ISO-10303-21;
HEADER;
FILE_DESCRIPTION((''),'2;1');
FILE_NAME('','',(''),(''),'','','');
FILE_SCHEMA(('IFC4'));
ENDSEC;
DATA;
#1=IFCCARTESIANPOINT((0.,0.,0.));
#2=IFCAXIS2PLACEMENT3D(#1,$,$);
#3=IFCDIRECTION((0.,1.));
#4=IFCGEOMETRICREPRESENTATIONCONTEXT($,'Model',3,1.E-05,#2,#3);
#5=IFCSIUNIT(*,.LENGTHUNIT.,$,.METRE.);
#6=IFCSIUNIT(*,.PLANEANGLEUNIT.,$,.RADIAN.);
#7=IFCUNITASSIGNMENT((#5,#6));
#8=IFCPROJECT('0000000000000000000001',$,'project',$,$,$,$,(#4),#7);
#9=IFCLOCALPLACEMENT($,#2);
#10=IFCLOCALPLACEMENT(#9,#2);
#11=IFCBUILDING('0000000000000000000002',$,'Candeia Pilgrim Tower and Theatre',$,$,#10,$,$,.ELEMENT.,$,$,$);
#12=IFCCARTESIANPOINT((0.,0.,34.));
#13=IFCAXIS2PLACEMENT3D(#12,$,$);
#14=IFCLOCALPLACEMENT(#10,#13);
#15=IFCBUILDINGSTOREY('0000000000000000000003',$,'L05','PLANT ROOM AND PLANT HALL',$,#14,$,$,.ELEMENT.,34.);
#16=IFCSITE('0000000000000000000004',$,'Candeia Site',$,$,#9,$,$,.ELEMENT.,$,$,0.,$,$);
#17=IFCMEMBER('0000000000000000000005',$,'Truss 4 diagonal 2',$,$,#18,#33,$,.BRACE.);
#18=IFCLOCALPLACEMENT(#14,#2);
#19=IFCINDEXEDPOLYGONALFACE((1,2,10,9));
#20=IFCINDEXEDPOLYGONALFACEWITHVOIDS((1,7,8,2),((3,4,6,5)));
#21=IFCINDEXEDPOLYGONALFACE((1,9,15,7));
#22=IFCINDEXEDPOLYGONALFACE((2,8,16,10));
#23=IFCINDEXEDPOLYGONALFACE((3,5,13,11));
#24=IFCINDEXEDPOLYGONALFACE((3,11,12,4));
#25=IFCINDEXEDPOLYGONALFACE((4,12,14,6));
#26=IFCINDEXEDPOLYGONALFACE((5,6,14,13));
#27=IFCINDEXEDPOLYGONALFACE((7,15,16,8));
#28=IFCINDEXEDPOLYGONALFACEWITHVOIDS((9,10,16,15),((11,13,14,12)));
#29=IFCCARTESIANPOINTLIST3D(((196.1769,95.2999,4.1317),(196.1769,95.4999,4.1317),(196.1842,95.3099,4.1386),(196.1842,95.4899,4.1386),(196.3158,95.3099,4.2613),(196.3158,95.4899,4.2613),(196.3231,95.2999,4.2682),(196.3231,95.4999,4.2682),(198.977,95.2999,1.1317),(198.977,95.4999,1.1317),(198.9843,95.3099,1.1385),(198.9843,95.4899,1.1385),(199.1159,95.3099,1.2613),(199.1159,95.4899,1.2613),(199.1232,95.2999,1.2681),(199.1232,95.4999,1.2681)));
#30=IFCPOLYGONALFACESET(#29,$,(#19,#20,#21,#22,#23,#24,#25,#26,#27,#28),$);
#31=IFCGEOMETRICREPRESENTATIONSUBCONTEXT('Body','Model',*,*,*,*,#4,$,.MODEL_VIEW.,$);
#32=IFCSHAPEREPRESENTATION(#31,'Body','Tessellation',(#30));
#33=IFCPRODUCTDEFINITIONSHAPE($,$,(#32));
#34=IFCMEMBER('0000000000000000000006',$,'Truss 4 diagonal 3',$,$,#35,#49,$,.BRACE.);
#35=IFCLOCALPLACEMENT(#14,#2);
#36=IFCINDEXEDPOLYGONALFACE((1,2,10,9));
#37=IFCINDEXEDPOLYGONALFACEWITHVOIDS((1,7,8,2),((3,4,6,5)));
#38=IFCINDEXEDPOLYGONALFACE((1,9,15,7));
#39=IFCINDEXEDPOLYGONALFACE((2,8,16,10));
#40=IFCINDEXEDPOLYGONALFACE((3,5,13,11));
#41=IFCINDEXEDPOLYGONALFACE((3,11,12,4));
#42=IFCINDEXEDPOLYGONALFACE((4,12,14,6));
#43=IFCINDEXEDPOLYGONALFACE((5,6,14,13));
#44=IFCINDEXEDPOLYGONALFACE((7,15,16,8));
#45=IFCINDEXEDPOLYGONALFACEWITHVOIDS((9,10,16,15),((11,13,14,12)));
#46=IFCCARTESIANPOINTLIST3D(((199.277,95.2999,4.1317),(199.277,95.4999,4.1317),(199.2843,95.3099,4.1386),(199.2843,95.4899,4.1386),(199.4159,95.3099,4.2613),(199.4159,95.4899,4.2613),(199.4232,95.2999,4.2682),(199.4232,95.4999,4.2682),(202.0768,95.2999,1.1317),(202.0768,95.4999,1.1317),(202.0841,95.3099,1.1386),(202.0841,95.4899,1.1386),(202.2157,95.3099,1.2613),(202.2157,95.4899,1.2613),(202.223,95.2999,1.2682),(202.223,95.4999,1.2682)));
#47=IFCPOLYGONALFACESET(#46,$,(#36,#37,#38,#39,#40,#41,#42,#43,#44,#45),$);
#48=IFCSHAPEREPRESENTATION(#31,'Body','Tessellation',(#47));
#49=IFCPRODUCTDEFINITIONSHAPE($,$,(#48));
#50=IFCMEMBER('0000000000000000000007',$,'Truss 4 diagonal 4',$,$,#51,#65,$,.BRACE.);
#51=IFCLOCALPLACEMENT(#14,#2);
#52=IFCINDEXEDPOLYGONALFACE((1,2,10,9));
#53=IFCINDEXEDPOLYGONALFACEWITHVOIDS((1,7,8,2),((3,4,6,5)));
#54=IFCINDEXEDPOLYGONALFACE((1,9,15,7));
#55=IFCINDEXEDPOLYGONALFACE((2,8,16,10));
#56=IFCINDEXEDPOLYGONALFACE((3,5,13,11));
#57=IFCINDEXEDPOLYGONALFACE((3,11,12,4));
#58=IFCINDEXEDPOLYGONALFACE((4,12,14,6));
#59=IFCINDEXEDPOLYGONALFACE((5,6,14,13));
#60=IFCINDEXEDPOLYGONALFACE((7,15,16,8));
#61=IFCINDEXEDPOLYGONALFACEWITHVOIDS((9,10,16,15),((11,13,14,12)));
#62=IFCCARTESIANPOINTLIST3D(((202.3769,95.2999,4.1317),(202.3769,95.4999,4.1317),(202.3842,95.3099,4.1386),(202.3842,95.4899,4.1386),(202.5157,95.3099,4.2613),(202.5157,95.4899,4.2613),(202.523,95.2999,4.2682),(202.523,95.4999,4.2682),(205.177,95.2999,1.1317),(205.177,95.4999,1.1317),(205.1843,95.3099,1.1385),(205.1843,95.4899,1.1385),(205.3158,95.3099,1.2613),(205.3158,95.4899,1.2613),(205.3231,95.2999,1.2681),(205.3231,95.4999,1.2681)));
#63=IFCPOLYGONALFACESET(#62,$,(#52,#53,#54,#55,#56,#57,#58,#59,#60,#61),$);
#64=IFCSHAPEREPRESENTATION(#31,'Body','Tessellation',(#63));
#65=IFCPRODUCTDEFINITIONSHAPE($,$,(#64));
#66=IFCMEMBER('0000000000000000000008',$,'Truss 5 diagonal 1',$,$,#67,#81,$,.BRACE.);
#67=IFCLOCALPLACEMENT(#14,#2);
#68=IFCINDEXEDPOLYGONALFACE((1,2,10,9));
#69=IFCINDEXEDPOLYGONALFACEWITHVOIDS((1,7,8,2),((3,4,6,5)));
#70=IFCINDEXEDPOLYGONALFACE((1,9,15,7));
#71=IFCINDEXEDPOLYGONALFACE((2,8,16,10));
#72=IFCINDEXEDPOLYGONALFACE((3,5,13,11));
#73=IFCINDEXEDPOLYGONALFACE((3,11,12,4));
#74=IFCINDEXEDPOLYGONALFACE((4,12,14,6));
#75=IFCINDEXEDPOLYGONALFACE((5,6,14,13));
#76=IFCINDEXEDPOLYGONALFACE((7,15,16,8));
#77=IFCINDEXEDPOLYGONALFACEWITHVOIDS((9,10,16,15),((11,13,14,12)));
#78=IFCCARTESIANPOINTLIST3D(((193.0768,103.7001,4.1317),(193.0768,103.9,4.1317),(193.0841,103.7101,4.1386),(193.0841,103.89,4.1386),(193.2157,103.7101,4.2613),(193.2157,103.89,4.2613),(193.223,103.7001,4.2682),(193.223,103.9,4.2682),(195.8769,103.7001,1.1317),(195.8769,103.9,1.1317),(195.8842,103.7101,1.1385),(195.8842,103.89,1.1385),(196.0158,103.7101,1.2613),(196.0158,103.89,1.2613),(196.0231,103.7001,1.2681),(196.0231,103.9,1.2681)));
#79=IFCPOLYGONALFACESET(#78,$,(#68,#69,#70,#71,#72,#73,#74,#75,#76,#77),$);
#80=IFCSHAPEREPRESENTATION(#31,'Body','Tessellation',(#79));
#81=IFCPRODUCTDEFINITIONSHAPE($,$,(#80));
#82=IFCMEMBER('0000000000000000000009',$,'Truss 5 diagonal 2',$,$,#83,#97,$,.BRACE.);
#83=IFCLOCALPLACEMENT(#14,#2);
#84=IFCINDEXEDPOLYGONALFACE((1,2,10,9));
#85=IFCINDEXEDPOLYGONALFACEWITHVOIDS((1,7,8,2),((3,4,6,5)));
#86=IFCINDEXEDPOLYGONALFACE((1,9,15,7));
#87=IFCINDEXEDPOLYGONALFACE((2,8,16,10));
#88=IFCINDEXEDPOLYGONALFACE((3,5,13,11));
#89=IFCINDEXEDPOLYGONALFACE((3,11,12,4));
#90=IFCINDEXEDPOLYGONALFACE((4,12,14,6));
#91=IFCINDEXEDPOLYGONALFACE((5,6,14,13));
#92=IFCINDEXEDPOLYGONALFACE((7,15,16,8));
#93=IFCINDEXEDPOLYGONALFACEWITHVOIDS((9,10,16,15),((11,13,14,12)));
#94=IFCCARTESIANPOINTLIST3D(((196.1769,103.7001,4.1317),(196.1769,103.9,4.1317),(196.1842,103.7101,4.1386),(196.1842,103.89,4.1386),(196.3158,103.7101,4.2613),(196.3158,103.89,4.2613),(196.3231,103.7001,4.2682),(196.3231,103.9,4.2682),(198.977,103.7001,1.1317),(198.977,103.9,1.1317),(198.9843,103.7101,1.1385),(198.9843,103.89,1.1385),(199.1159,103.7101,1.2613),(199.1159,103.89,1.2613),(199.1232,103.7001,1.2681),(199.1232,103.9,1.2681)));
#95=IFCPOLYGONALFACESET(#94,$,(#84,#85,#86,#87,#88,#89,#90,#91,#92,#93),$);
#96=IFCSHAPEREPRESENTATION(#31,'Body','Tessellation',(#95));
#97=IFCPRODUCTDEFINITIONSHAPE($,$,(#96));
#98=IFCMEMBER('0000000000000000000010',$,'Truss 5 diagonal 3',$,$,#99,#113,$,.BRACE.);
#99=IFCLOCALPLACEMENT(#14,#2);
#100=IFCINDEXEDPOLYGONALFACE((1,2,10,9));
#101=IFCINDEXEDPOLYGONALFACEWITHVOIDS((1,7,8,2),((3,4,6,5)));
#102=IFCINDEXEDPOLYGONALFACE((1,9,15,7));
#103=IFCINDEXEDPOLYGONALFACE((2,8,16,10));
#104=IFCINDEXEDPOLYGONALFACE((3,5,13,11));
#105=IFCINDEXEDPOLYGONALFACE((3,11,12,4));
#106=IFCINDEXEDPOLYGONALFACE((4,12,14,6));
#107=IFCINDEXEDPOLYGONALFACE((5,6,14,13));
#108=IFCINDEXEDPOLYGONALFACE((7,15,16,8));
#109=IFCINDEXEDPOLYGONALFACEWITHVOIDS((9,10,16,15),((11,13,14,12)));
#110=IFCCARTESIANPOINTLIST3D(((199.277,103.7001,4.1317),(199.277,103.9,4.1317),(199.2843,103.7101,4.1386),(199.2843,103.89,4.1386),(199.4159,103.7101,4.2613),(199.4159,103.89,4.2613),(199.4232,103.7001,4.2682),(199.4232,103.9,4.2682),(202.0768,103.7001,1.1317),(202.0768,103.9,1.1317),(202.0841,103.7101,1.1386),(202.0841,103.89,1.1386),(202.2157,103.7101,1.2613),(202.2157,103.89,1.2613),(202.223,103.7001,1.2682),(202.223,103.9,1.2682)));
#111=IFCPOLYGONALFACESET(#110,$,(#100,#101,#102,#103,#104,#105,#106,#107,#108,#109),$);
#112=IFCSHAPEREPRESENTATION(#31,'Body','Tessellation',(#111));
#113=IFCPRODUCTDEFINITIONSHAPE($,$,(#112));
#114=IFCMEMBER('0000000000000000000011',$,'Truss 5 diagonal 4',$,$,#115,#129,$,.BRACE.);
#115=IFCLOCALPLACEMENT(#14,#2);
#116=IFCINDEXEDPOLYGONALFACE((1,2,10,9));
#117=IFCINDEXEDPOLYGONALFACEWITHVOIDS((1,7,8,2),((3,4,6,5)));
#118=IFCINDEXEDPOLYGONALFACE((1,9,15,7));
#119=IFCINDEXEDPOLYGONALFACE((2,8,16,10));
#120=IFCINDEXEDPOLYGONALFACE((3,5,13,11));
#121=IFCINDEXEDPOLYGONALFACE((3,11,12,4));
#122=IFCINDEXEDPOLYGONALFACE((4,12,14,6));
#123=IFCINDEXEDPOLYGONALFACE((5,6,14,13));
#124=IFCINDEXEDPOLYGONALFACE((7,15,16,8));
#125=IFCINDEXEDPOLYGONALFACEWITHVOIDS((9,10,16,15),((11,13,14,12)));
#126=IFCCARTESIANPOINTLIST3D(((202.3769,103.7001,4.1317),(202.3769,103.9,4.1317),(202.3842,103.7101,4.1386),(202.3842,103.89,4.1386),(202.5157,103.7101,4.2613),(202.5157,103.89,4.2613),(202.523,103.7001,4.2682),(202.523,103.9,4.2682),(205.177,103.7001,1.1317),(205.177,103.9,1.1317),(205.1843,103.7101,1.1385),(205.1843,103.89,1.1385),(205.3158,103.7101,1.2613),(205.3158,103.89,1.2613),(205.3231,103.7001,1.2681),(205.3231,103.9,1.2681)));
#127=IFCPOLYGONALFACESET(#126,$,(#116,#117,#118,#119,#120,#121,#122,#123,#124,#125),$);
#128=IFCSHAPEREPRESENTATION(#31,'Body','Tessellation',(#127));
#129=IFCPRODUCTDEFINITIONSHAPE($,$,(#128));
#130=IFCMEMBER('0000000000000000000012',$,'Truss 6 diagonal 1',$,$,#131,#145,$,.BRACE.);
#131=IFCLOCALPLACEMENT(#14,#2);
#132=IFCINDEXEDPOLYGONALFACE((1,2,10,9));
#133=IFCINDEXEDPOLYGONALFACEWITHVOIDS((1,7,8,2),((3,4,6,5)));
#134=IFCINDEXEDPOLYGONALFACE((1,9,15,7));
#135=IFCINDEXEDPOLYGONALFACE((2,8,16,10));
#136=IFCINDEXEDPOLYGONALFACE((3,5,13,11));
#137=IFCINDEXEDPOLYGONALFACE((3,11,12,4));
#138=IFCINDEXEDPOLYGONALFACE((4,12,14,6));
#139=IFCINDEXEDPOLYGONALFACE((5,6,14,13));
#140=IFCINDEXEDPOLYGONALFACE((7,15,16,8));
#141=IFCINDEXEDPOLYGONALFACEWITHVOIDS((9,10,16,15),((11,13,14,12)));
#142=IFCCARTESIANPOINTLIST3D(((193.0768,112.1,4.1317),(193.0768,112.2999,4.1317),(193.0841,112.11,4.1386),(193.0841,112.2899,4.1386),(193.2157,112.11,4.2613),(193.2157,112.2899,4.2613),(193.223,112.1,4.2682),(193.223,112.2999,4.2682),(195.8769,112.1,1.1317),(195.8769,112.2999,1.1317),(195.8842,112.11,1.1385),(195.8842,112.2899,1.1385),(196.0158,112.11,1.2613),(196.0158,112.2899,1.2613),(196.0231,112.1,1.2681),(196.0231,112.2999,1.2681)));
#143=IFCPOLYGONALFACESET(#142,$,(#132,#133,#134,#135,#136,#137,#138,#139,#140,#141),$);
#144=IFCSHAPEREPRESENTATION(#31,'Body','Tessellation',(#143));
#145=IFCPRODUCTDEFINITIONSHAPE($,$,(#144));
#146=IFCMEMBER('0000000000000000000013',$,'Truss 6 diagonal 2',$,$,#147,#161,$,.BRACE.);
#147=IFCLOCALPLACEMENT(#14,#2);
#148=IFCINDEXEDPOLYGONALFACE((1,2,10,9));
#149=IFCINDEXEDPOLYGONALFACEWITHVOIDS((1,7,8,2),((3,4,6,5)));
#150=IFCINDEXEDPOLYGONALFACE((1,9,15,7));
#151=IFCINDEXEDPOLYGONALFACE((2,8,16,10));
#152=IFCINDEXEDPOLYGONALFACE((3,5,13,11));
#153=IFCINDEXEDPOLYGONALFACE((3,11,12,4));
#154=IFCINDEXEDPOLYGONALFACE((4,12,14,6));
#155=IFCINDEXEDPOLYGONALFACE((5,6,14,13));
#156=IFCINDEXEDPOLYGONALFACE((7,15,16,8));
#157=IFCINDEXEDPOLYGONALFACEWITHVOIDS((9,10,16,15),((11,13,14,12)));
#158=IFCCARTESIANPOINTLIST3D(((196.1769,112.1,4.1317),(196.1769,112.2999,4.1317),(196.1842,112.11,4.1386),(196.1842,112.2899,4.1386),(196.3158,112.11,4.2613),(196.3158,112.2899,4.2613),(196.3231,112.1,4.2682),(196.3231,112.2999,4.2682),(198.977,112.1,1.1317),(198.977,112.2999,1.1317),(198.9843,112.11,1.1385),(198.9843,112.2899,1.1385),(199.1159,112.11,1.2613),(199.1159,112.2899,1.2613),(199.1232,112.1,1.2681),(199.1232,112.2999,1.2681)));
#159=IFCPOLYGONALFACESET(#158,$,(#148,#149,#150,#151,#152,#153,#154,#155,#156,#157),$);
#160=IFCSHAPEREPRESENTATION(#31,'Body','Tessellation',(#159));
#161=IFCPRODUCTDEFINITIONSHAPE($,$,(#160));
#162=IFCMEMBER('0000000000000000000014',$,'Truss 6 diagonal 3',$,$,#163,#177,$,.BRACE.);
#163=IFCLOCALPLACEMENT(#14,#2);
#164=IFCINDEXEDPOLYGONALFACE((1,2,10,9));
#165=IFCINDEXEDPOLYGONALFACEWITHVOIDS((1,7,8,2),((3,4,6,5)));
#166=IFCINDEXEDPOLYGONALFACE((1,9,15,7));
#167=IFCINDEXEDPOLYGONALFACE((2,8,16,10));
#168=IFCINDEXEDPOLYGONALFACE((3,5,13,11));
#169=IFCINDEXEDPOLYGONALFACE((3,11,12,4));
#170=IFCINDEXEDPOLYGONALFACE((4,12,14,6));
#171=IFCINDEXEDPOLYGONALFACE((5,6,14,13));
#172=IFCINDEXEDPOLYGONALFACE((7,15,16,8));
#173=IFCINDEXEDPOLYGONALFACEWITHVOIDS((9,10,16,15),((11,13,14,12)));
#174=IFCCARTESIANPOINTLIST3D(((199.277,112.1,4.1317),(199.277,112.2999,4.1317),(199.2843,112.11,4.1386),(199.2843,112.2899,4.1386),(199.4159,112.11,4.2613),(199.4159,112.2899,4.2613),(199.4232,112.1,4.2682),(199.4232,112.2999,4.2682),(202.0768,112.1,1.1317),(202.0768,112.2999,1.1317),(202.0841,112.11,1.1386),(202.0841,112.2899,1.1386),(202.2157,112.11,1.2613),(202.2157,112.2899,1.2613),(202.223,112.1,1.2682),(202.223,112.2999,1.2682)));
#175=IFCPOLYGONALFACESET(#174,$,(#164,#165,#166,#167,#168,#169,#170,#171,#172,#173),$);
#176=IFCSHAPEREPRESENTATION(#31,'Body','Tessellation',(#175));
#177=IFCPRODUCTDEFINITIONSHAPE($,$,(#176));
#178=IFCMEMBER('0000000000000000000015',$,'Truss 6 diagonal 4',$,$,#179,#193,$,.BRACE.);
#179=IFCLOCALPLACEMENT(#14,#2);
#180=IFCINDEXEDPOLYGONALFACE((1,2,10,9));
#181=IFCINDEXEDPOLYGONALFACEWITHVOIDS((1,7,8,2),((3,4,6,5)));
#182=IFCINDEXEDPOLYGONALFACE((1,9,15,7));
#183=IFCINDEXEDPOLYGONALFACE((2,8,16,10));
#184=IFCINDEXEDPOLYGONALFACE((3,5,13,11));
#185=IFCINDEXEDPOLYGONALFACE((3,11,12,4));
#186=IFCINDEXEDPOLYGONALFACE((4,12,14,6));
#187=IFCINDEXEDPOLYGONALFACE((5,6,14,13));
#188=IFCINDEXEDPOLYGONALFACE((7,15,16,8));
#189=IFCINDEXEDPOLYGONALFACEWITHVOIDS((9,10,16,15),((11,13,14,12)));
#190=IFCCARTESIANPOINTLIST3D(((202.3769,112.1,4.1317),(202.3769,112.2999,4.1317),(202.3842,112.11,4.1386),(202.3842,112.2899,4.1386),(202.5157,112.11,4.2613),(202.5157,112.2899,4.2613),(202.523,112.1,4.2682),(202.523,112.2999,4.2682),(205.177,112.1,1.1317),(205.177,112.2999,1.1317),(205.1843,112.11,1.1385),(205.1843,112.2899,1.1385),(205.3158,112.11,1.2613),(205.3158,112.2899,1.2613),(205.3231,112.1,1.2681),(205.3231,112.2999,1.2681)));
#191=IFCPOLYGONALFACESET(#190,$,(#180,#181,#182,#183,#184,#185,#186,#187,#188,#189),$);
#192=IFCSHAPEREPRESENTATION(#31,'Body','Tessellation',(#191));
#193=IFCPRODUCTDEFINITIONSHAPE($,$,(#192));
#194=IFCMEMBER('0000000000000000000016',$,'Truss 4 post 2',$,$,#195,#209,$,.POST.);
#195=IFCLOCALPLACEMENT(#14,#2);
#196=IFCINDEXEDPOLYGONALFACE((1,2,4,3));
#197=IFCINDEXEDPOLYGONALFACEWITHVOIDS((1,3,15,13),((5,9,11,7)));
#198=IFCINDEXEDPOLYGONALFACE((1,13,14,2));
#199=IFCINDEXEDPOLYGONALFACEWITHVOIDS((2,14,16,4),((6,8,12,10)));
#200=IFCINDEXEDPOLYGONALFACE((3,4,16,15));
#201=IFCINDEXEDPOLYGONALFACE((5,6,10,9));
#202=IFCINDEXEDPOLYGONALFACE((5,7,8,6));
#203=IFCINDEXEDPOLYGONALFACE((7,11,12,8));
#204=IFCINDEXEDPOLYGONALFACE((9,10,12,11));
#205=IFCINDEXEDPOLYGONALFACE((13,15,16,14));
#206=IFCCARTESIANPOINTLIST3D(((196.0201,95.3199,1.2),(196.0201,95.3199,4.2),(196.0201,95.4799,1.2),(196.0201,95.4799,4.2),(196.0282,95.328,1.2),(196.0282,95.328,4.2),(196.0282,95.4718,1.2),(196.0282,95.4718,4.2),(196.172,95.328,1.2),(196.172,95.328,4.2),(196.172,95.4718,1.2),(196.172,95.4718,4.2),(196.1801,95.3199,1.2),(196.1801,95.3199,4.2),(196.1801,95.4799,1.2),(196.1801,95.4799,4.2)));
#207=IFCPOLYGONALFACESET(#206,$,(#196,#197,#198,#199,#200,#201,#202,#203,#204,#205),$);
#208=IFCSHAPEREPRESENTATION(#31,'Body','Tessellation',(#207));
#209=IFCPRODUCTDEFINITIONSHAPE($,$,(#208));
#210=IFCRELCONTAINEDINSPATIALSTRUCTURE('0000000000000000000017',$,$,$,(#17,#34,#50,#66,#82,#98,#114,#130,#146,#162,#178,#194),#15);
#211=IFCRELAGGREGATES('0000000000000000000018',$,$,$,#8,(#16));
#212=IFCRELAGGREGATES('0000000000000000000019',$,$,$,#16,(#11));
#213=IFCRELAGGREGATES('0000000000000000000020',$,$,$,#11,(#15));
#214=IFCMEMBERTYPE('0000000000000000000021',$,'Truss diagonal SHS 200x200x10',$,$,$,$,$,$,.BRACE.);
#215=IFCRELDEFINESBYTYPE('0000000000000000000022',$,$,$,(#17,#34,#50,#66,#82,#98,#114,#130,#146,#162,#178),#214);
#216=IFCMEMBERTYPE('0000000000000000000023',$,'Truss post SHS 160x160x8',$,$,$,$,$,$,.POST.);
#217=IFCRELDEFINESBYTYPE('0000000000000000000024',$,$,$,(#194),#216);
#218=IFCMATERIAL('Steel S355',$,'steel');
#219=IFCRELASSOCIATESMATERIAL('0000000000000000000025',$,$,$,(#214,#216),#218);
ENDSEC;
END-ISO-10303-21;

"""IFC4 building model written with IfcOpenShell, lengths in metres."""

from ifc_helpers import new_model, si_unit, direction, frame, origin, origin_2d, place, context, subcontext, project, spatial, hollow_rectangle, extrude, material, material_profile, profile_set, type_object, element, save


model = new_model("IFC4")

# Units and contexts
model_context = context("Model", 3, precision=1e-05, world=origin(), true_north=direction((0.0, 1.0)))
body_context = subcontext(model_context, "Body", "Model", "MODEL_VIEW")
ifc_project = project(units=[si_unit("LENGTHUNIT", "METRE"), si_unit("PLANEANGLEUNIT", "RADIAN")], contexts=[model_context])

# Site, building, storey
site_placement = place(None, origin())
site = spatial("IfcSite", under=ifc_project, at=site_placement, Name="Candeia Site", CompositionType="ELEMENT", RefElevation=0.0)
building_placement = place(site_placement, origin())
building = spatial("IfcBuilding", under=site, at=building_placement, Name="Candeia Pilgrim Tower and Theatre", CompositionType="ELEMENT")
storey_placement = place(building_placement, frame((0.0, 0.0, 34.0)))
storey = spatial("IfcBuildingStorey", under=building, at=storey_placement, Name="L05", Description="PLANT ROOM AND PLANT HALL", CompositionType="ELEMENT", Elevation=34.0)

# Members
ifc_material = material(Name="Steel S355", Category="steel")
ifc_material_profile_1 = material_profile(ifc_material, hollow_rectangle(XDim=0.2, YDim=0.2, WallThickness=0.01, at=origin_2d()))
ifc_profile_set_1 = profile_set([ifc_material_profile_1], Name="Steel S355")
member_type_1 = type_object("IfcMemberType", Name="Truss diagonal SHS 200x200x10", PredefinedType="BRACE", material=ifc_profile_set_1)
member_1_placement = place(storey_placement, frame((196.25, 95.3999, 4.2), z_axis=(0.682325, 0.0, -0.731049), x_axis=(0.0, 1.0, 0.0)))
element("IfcMember", 1, at=member_1_placement, inside=storey, type_object=member_type_1, Name="Truss 4 diagonal 2", PredefinedType="BRACE", context=body_context, shape_type="SweptSolid", body=[
    extrude(hollow_rectangle(XDim=0.2, YDim=0.2, WallThickness=0.01, at=origin_2d()), origin(), (0.0, 0.0, 1.0), 4.1038),
])
member_2_placement = place(storey_placement, frame((199.3501, 95.3999, 4.2), z_axis=(0.682293, 0.0, -0.731079), x_axis=(0.0, 1.0, 0.0)))
element("IfcMember", 2, at=member_2_placement, inside=storey, type_object=member_type_1, Name="Truss 4 diagonal 3", PredefinedType="BRACE", context=body_context, shape_type="SweptSolid", body=[
    extrude(hollow_rectangle(XDim=0.2, YDim=0.2, WallThickness=0.01, at=origin_2d()), origin(), (0.0, 0.0, 1.0), 4.1035),
])
for number, where, z_axis, x_axis, name in (
    (3, (202.45, 95.3999, 4.2), (0.682325, 0.0, -0.731049), (0.0, 1.0, 0.0), "Truss 4 diagonal 4"),
    (4, (193.1499, 103.8, 4.2), (0.682325, 0.0, -0.731049), (0.0, 1.0, 0.0), "Truss 5 diagonal 1"),
    (5, (196.25, 103.8, 4.2), (0.682325, 0.0, -0.731049), (0.0, 1.0, 0.0), "Truss 5 diagonal 2"),
):
    element("IfcMember", number, at=place(storey_placement, frame(where, z_axis=z_axis, x_axis=x_axis)), inside=storey, type_object=member_type_1, Name=name, PredefinedType="BRACE", context=body_context, shape_type="SweptSolid", body=[
        extrude(hollow_rectangle(XDim=0.2, YDim=0.2, WallThickness=0.01, at=origin_2d()), origin(), (0.0, 0.0, 1.0), 4.1038),
    ])
member_3_placement = place(storey_placement, frame((199.3501, 103.8, 4.2), z_axis=(0.682293, 0.0, -0.731079), x_axis=(0.0, 1.0, 0.0)))
element("IfcMember", 6, at=member_3_placement, inside=storey, type_object=member_type_1, Name="Truss 5 diagonal 3", PredefinedType="BRACE", context=body_context, shape_type="SweptSolid", body=[
    extrude(hollow_rectangle(XDim=0.2, YDim=0.2, WallThickness=0.01, at=origin_2d()), origin(), (0.0, 0.0, 1.0), 4.1035),
])
for number, where, z_axis, x_axis, name in (
    (7, (202.45, 103.8, 4.2), (0.682325, 0.0, -0.731049), (0.0, 1.0, 0.0), "Truss 5 diagonal 4"),
    (8, (193.1499, 112.2, 4.2), (0.682325, 0.0, -0.731049), (0.0, 1.0, 0.0), "Truss 6 diagonal 1"),
    (9, (196.25, 112.2, 4.2), (0.682325, 0.0, -0.731049), (0.0, 1.0, 0.0), "Truss 6 diagonal 2"),
):
    element("IfcMember", number, at=place(storey_placement, frame(where, z_axis=z_axis, x_axis=x_axis)), inside=storey, type_object=member_type_1, Name=name, PredefinedType="BRACE", context=body_context, shape_type="SweptSolid", body=[
        extrude(hollow_rectangle(XDim=0.2, YDim=0.2, WallThickness=0.01, at=origin_2d()), origin(), (0.0, 0.0, 1.0), 4.1038),
    ])
member_4_placement = place(storey_placement, frame((199.3501, 112.2, 4.2), z_axis=(0.682293, 0.0, -0.731079), x_axis=(0.0, 1.0, 0.0)))
element("IfcMember", 10, at=member_4_placement, inside=storey, type_object=member_type_1, Name="Truss 6 diagonal 3", PredefinedType="BRACE", context=body_context, shape_type="SweptSolid", body=[
    extrude(hollow_rectangle(XDim=0.2, YDim=0.2, WallThickness=0.01, at=origin_2d()), origin(), (0.0, 0.0, 1.0), 4.1035),
])
member_5_placement = place(storey_placement, frame((202.45, 112.2, 4.2), z_axis=(0.682325, 0.0, -0.731049), x_axis=(0.0, 1.0, 0.0)))
element("IfcMember", 11, at=member_5_placement, inside=storey, type_object=member_type_1, Name="Truss 6 diagonal 4", PredefinedType="BRACE", context=body_context, shape_type="SweptSolid", body=[
    extrude(hollow_rectangle(XDim=0.2, YDim=0.2, WallThickness=0.01, at=origin_2d()), origin(), (0.0, 0.0, 1.0), 4.1038),
])
ifc_material_profile_2 = material_profile(ifc_material, hollow_rectangle(XDim=0.1599, YDim=0.1599, WallThickness=0.0081, at=origin_2d()))
ifc_profile_set_2 = profile_set([ifc_material_profile_2], Name="Steel S355")
member_type_2 = type_object("IfcMemberType", Name="Truss post SHS 160x160x8", PredefinedType="POST", material=ifc_profile_set_2)
for number, where, z_axis, x_axis, name in (
    (12, (196.1001, 95.3999, 1.2), (0.0, 0.0, 1.0), (1.0, 0.0, 0.0), "Truss 4 post 2"),
):
    element("IfcMember", number, at=place(storey_placement, frame(where, z_axis=z_axis, x_axis=x_axis)), inside=storey, type_object=member_type_2, Name=name, PredefinedType="POST", context=body_context, shape_type="SweptSolid", body=[
        extrude(hollow_rectangle(XDim=0.1599, YDim=0.1599, WallThickness=0.0081, at=origin_2d()), origin(), (0.0, 0.0, 1.0), 3.0),
    ])

save(model, "model.ifc")
